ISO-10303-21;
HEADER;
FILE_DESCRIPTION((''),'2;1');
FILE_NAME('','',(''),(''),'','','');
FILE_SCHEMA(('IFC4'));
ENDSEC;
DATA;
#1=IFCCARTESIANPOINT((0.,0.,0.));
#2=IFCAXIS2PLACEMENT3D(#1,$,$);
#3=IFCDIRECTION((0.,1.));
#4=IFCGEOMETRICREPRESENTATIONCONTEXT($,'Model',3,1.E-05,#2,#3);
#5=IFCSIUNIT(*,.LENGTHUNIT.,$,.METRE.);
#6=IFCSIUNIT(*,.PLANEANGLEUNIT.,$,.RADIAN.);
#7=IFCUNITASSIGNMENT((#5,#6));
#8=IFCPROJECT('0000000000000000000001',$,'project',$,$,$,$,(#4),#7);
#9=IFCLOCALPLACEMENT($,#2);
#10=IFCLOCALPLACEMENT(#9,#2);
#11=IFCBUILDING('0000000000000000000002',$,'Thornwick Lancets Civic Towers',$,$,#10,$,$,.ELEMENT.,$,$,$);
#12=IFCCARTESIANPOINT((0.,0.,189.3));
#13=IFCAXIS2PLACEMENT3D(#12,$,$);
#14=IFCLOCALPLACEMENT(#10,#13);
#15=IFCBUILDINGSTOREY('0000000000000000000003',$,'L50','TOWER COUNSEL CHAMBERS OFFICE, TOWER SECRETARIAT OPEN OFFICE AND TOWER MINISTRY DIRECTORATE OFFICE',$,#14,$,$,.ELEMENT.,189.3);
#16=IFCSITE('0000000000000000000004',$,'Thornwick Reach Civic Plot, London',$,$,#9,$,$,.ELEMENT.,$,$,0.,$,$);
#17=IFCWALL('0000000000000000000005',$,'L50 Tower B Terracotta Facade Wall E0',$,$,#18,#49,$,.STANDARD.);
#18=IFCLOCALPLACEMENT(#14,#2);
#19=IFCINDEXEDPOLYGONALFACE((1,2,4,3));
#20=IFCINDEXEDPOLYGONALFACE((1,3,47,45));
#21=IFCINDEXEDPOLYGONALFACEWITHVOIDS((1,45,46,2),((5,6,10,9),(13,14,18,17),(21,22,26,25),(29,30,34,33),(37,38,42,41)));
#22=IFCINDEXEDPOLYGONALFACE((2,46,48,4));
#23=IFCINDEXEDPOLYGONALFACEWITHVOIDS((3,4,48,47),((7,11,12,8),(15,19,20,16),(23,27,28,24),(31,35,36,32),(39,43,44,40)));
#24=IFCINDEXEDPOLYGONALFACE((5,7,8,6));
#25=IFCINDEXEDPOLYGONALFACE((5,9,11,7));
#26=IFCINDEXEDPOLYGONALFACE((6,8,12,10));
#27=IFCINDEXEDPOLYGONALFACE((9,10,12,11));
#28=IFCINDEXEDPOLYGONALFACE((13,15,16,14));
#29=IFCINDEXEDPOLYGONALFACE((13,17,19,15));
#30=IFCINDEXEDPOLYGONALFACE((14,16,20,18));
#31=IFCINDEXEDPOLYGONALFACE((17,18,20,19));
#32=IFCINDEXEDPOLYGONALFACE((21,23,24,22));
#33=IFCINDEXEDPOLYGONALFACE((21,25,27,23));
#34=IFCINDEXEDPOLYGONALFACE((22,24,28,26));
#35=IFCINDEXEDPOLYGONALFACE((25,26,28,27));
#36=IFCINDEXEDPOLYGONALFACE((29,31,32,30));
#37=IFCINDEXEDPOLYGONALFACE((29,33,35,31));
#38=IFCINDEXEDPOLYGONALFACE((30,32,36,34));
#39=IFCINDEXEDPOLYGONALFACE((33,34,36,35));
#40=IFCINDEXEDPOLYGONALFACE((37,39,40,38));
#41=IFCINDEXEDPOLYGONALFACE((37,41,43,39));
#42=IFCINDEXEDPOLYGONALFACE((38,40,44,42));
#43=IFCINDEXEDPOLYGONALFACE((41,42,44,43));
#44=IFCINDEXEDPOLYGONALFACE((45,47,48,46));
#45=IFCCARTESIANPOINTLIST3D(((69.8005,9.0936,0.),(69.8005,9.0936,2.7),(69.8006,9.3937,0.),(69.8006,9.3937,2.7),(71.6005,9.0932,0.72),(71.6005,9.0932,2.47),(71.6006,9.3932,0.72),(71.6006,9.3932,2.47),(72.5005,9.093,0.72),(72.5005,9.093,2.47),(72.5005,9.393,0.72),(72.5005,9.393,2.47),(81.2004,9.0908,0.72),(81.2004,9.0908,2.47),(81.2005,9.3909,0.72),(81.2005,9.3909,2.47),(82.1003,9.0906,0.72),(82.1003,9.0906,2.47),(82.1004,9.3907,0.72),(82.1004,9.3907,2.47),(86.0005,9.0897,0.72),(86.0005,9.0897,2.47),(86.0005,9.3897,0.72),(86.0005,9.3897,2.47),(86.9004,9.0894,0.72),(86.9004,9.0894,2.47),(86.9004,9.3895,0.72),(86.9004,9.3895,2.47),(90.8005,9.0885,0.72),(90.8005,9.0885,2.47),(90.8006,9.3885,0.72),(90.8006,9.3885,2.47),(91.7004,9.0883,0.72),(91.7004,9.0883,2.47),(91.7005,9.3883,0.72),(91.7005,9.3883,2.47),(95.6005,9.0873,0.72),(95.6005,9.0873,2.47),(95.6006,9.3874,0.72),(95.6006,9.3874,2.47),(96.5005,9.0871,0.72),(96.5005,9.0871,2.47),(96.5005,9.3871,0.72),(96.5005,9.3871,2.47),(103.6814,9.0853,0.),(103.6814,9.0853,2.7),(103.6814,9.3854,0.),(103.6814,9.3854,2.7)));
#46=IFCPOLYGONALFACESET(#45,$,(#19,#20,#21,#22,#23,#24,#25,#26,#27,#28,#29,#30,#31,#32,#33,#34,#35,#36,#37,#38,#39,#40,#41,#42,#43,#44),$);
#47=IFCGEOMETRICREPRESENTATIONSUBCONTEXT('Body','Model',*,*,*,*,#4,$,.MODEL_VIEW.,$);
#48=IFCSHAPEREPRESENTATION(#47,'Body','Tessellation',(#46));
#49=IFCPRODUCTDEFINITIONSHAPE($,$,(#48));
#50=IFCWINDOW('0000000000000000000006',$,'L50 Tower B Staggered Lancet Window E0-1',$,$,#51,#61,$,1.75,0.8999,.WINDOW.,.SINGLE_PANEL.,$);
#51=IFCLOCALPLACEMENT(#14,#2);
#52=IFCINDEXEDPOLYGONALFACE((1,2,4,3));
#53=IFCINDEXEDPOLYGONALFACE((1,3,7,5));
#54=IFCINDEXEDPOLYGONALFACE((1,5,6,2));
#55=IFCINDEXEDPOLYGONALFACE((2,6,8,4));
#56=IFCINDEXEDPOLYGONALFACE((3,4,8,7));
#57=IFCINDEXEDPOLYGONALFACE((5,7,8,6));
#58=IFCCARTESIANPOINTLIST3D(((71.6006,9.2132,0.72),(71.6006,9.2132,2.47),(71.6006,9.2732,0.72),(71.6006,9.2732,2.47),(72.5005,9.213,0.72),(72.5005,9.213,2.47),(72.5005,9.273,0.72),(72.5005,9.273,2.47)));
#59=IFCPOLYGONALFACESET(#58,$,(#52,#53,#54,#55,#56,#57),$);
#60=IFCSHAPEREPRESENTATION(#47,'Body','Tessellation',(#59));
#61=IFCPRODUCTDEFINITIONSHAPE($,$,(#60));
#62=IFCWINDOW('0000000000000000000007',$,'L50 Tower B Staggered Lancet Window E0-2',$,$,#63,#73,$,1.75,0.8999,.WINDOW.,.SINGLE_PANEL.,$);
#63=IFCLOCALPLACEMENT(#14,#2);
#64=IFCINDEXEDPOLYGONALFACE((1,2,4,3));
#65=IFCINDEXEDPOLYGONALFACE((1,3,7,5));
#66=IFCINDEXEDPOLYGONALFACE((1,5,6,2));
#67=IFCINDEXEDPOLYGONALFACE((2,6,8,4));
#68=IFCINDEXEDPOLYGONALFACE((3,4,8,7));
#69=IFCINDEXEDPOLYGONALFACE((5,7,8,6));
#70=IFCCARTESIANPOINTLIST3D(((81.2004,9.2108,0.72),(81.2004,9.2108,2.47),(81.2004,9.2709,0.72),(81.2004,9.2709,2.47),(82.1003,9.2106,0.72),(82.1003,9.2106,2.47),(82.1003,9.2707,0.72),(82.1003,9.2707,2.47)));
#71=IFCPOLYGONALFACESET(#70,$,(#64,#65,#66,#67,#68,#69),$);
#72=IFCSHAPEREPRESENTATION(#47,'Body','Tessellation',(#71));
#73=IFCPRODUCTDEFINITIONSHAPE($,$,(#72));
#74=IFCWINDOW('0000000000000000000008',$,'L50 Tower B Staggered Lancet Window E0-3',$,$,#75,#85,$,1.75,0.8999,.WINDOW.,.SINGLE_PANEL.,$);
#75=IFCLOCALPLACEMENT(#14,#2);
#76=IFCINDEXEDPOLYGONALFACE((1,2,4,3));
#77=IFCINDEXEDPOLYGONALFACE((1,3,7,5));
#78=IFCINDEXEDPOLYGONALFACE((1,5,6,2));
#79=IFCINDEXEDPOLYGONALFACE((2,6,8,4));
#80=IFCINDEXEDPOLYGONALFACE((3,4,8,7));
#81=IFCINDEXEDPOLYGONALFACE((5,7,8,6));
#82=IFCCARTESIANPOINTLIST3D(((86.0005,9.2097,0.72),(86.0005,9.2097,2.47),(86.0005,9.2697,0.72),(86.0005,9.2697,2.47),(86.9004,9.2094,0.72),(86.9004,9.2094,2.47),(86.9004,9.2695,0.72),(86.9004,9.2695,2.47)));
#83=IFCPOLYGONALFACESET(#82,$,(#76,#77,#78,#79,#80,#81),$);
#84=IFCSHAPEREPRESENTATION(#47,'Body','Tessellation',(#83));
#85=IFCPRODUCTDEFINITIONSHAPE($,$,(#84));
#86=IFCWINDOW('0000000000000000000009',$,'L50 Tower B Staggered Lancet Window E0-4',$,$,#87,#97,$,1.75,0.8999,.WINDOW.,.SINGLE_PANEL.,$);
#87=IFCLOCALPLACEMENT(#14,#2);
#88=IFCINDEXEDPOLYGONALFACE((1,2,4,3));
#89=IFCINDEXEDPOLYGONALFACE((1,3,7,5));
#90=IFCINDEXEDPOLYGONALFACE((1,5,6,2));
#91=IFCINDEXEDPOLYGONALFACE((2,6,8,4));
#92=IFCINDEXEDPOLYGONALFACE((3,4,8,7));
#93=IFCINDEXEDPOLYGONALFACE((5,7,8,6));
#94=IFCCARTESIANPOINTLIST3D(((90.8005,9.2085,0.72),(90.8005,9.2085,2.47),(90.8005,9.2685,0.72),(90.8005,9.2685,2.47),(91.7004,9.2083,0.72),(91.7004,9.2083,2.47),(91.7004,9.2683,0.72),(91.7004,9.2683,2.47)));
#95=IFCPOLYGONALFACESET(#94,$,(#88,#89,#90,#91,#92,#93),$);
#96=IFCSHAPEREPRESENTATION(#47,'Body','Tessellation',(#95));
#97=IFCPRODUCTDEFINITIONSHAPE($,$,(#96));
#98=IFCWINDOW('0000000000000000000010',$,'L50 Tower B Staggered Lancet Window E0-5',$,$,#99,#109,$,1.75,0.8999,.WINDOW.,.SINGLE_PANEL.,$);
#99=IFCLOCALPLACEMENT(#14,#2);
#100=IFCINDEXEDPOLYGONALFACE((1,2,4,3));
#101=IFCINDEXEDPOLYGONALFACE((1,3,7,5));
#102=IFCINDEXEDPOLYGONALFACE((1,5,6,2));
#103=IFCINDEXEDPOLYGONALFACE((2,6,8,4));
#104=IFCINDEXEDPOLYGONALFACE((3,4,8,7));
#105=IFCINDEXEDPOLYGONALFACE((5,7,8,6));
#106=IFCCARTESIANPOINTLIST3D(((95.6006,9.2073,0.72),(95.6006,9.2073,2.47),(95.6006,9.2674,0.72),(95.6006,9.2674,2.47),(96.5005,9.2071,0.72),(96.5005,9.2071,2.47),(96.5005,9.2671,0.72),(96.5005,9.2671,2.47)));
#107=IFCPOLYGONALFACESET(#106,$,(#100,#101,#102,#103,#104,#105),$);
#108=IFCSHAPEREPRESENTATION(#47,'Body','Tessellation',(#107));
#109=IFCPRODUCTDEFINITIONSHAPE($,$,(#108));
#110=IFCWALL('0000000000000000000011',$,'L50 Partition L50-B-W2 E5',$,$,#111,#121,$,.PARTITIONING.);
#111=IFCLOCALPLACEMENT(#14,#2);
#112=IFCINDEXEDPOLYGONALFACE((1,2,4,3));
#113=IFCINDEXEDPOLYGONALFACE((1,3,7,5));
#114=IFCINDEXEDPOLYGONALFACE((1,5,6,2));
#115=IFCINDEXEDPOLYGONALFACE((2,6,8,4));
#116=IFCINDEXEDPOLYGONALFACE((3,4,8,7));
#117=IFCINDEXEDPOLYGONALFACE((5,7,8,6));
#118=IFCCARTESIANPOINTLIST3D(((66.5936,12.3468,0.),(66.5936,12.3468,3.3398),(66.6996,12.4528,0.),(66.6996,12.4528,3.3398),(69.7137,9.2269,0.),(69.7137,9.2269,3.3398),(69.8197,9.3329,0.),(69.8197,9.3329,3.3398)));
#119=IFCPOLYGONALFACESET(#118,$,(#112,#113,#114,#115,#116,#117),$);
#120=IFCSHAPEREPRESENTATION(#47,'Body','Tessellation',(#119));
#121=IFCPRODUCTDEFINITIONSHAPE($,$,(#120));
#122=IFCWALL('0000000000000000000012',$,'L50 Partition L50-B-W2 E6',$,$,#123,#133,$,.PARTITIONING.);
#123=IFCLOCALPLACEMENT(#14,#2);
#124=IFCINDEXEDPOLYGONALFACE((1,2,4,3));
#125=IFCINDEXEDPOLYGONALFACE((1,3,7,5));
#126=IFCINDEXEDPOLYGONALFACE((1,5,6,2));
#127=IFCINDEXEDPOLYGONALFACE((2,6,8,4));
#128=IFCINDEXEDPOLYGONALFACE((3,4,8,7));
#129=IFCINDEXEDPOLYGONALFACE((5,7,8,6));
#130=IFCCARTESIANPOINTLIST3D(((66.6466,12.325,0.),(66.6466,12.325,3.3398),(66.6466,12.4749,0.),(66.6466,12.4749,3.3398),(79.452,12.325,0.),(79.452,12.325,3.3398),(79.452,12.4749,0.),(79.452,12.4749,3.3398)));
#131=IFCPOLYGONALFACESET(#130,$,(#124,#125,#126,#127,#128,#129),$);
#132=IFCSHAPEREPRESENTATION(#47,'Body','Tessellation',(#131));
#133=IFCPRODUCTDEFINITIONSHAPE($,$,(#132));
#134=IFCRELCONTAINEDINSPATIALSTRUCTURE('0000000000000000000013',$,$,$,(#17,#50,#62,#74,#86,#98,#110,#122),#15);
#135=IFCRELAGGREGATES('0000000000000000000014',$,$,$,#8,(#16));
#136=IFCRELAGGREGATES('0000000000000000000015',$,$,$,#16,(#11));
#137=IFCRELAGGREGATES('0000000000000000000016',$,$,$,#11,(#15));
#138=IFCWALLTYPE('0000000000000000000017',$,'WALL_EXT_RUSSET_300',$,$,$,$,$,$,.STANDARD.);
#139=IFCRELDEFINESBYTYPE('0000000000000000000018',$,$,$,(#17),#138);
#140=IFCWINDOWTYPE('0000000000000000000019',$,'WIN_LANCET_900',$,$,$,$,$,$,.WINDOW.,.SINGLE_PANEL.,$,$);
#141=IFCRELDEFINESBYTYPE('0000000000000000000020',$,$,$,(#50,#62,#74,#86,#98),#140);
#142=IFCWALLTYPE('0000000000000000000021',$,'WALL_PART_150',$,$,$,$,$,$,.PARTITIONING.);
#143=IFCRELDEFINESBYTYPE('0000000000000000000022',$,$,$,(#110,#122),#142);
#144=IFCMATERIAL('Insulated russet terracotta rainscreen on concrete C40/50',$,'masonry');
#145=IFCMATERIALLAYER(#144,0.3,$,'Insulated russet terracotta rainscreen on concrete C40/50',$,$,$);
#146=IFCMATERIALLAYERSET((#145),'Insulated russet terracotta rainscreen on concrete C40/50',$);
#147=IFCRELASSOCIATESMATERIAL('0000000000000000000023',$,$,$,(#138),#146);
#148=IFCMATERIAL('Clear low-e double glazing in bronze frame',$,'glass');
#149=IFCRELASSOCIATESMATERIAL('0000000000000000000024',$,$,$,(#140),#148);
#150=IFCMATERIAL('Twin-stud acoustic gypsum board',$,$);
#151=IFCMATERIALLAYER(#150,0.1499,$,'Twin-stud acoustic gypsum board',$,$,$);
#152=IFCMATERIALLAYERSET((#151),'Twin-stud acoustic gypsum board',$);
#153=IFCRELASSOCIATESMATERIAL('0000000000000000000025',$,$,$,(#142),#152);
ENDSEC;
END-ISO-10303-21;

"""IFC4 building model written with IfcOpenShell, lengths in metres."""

from ifc_helpers import new_model, si_unit, direction, frame, frame_2d, origin, place, context, subcontext, project, spatial, rectangle, extrude, material, layer, layer_set, type_object, element, fill, save


model = new_model("IFC4")

# Units and contexts
model_context = context("Model", 3, precision=1e-05, world=origin(), true_north=direction((0.0, 1.0)))
body_context = subcontext(model_context, "Body", "Model", "MODEL_VIEW")
ifc_project = project(units=[si_unit("LENGTHUNIT", "METRE"), si_unit("PLANEANGLEUNIT", "RADIAN")], contexts=[model_context])

# Site, building, storey
site_placement = place(None, origin())
site = spatial("IfcSite", under=ifc_project, at=site_placement, Name="Thornwick Reach Civic Plot, London", CompositionType="ELEMENT", RefElevation=0.0)
building_placement = place(site_placement, origin())
building = spatial("IfcBuilding", under=site, at=building_placement, Name="Thornwick Lancets Civic Towers", CompositionType="ELEMENT")
storey_placement = place(building_placement, frame((0.0, 0.0, 189.3)))
storey = spatial("IfcBuildingStorey", under=building, at=storey_placement, Name="L50", Description="TOWER COUNSEL CHAMBERS OFFICE, TOWER SECRETARIAT OPEN OFFICE AND TOWER MINISTRY DIRECTORATE OFFICE", CompositionType="ELEMENT", Elevation=189.3)

# Wall, openings, windows
ifc_material_1 = material(Name="Insulated russet terracotta rainscreen on concrete C40/50", Category="masonry")
ifc_layer_1 = layer(ifc_material_1, 0.3, Name="Insulated russet terracotta rainscreen on concrete C40/50")
ifc_layer_set_1 = layer_set([ifc_layer_1], Name="Insulated russet terracotta rainscreen on concrete C40/50")
wall_type_1 = type_object("IfcWallType", Name="WALL_EXT_RUSSET_300", PredefinedType="STANDARD", material=ifc_layer_set_1)
ifc_material_2 = material(Name="Clear low-e double glazing in bronze frame", Category="glass")
window_type = type_object("IfcWindowType", Name="WIN_LANCET_900", PartitioningType="SINGLE_PANEL", PredefinedType="WINDOW", material=ifc_material_2)
wall_1_placement = place(storey_placement, frame((69.8005, 9.2437, 0.0), z_axis=(0.0, 0.0, 1.0), x_axis=(1.0, -0.000245, 0.0)))
wall_1 = element("IfcWall", 1, at=wall_1_placement, inside=storey, type_object=wall_type_1, Name="L50 Tower B Terracotta Facade Wall E0", PredefinedType="STANDARD", context=body_context, shape_type="SweptSolid", body=[
    extrude(rectangle(XDim=33.8809, YDim=0.3, at=frame_2d((16.9404, 0.0))), origin(), (0.0, 0.0, 1.0), 2.7),
])
opening_1_placement = place(wall_1_placement, frame((1.8, 0.0, 0.72)))
opening_1 = element("IfcOpeningElement", 2, at=opening_1_placement, cuts=wall_1, PredefinedType="OPENING", context=body_context, shape_type="SweptSolid", body=[
    extrude(rectangle(XDim=0.8999, YDim=1.75, at=frame_2d((0.45, 0.875))), frame((0.0, 0.1602, 0.0), z_axis=(0.0, -1.0, 0.0), x_axis=(1.0, 0.0, 0.0)), (0.0, 0.0, 1.0), 0.3201),
])
opening_2_placement = place(wall_1_placement, frame((11.3999, 0.0, 0.72)))
opening_2 = element("IfcOpeningElement", 3, at=opening_2_placement, cuts=wall_1, PredefinedType="OPENING", context=body_context, shape_type="SweptSolid", body=[
    extrude(rectangle(XDim=0.8999, YDim=1.75, at=frame_2d((0.45, 0.875))), frame((0.0, 0.1602, 0.0), z_axis=(0.0, -1.0, 0.0), x_axis=(1.0, 0.0, 0.0)), (0.0, 0.0, 1.0), 0.3201),
])
opening_3_placement = place(wall_1_placement, frame((16.2, 0.0, 0.72)))
opening_3 = element("IfcOpeningElement", 4, at=opening_3_placement, cuts=wall_1, PredefinedType="OPENING", context=body_context, shape_type="SweptSolid", body=[
    extrude(rectangle(XDim=0.8999, YDim=1.75, at=frame_2d((0.45, 0.875))), frame((0.0, 0.1602, 0.0), z_axis=(0.0, -1.0, 0.0), x_axis=(1.0, 0.0, 0.0)), (0.0, 0.0, 1.0), 0.3201),
])
opening_4_placement = place(wall_1_placement, frame((21.0, 0.0, 0.72)))
opening_4 = element("IfcOpeningElement", 5, at=opening_4_placement, cuts=wall_1, PredefinedType="OPENING", context=body_context, shape_type="SweptSolid", body=[
    extrude(rectangle(XDim=0.8999, YDim=1.75, at=frame_2d((0.45, 0.875))), frame((0.0, 0.1602, 0.0), z_axis=(0.0, -1.0, 0.0), x_axis=(1.0, 0.0, 0.0)), (0.0, 0.0, 1.0), 0.3201),
])
opening_5_placement = place(wall_1_placement, frame((25.8, 0.0, 0.72)))
opening_5 = element("IfcOpeningElement", 6, at=opening_5_placement, cuts=wall_1, PredefinedType="OPENING", context=body_context, shape_type="SweptSolid", body=[
    extrude(rectangle(XDim=0.8999, YDim=1.75, at=frame_2d((0.45, 0.875))), frame((0.0, 0.1602, 0.0), z_axis=(0.0, -1.0, 0.0), x_axis=(1.0, 0.0, 0.0)), (0.0, 0.0, 1.0), 0.3201),
])
window_1_placement = place(opening_1_placement, origin())
window_1 = element("IfcWindow", 7, at=window_1_placement, inside=storey, type_object=window_type, Name="L50 Tower B Staggered Lancet Window E0-1", OverallHeight=1.75, OverallWidth=0.8999, PartitioningType="SINGLE_PANEL", PredefinedType="WINDOW", context=body_context, shape_type="SweptSolid", body=[
    extrude(rectangle(XDim=0.8999, YDim=1.75, at=frame_2d((0.45, 0.875))), frame((0.0, 0.03, 0.0), z_axis=(0.0, -1.0, 0.0), x_axis=(1.0, 0.0, 0.0)), (0.0, 0.0, 1.0), 0.0601),
])
fill(opening_1, window_1)
window_2_placement = place(opening_2_placement, origin())
window_2 = element("IfcWindow", 8, at=window_2_placement, inside=storey, type_object=window_type, Name="L50 Tower B Staggered Lancet Window E0-2", OverallHeight=1.75, OverallWidth=0.8999, PartitioningType="SINGLE_PANEL", PredefinedType="WINDOW", context=body_context, shape_type="SweptSolid", body=[
    extrude(rectangle(XDim=0.8999, YDim=1.75, at=frame_2d((0.45, 0.875))), frame((0.0, 0.03, 0.0), z_axis=(0.0, -1.0, 0.0), x_axis=(1.0, 0.0, 0.0)), (0.0, 0.0, 1.0), 0.0601),
])
fill(opening_2, window_2)
window_3_placement = place(opening_3_placement, origin())
window_3 = element("IfcWindow", 9, at=window_3_placement, inside=storey, type_object=window_type, Name="L50 Tower B Staggered Lancet Window E0-3", OverallHeight=1.75, OverallWidth=0.8999, PartitioningType="SINGLE_PANEL", PredefinedType="WINDOW", context=body_context, shape_type="SweptSolid", body=[
    extrude(rectangle(XDim=0.8999, YDim=1.75, at=frame_2d((0.45, 0.875))), frame((0.0, 0.03, 0.0), z_axis=(0.0, -1.0, 0.0), x_axis=(1.0, 0.0, 0.0)), (0.0, 0.0, 1.0), 0.0601),
])
fill(opening_3, window_3)
window_4_placement = place(opening_4_placement, origin())
window_4 = element("IfcWindow", 10, at=window_4_placement, inside=storey, type_object=window_type, Name="L50 Tower B Staggered Lancet Window E0-4", OverallHeight=1.75, OverallWidth=0.8999, PartitioningType="SINGLE_PANEL", PredefinedType="WINDOW", context=body_context, shape_type="SweptSolid", body=[
    extrude(rectangle(XDim=0.8999, YDim=1.75, at=frame_2d((0.45, 0.875))), frame((0.0, 0.03, 0.0), z_axis=(0.0, -1.0, 0.0), x_axis=(1.0, 0.0, 0.0)), (0.0, 0.0, 1.0), 0.0601),
])
fill(opening_4, window_4)
window_5_placement = place(opening_5_placement, origin())
window_5 = element("IfcWindow", 11, at=window_5_placement, inside=storey, type_object=window_type, Name="L50 Tower B Staggered Lancet Window E0-5", OverallHeight=1.75, OverallWidth=0.8999, PartitioningType="SINGLE_PANEL", PredefinedType="WINDOW", context=body_context, shape_type="SweptSolid", body=[
    extrude(rectangle(XDim=0.8999, YDim=1.75, at=frame_2d((0.45, 0.875))), frame((0.0, 0.03, 0.0), z_axis=(0.0, -1.0, 0.0), x_axis=(1.0, 0.0, 0.0)), (0.0, 0.0, 1.0), 0.0601),
])
fill(opening_5, window_5)

# Walls
ifc_material_3 = material(Name="Twin-stud acoustic gypsum board")
ifc_layer_2 = layer(ifc_material_3, 0.1499, Name="Twin-stud acoustic gypsum board")
ifc_layer_set_2 = layer_set([ifc_layer_2], Name="Twin-stud acoustic gypsum board")
wall_type_2 = type_object("IfcWallType", Name="WALL_PART_150", PredefinedType="PARTITIONING", material=ifc_layer_set_2)
wall_2_placement = place(storey_placement, frame((69.7666, 9.28, 0.0), z_axis=(0.0, 0.0, 1.0), x_axis=(-0.707134, 0.707079, 0.0)))
element("IfcWall", 12, at=wall_2_placement, inside=storey, type_object=wall_type_2, Name="L50 Partition L50-B-W2 E5", PredefinedType="PARTITIONING", context=body_context, shape_type="SweptSolid", body=[
    extrude(rectangle(XDim=4.4124, YDim=0.1499, at=frame_2d((2.2061, 0.0))), origin(), (0.0, 0.0, 1.0), 3.3398),
])
wall_3_placement = place(storey_placement, frame((66.6465, 12.3999, 0.0), z_axis=(0.0, 0.0, 1.0), x_axis=(1.0, 0.0, 0.0)))
element("IfcWall", 13, at=wall_3_placement, inside=storey, type_object=wall_type_2, Name="L50 Partition L50-B-W2 E6", PredefinedType="PARTITIONING", context=body_context, shape_type="SweptSolid", body=[
    extrude(rectangle(XDim=12.8054, YDim=0.1499, at=frame_2d((6.4028, 0.0))), origin(), (0.0, 0.0, 1.0), 3.3398),
])

save(model, "model.ifc")
